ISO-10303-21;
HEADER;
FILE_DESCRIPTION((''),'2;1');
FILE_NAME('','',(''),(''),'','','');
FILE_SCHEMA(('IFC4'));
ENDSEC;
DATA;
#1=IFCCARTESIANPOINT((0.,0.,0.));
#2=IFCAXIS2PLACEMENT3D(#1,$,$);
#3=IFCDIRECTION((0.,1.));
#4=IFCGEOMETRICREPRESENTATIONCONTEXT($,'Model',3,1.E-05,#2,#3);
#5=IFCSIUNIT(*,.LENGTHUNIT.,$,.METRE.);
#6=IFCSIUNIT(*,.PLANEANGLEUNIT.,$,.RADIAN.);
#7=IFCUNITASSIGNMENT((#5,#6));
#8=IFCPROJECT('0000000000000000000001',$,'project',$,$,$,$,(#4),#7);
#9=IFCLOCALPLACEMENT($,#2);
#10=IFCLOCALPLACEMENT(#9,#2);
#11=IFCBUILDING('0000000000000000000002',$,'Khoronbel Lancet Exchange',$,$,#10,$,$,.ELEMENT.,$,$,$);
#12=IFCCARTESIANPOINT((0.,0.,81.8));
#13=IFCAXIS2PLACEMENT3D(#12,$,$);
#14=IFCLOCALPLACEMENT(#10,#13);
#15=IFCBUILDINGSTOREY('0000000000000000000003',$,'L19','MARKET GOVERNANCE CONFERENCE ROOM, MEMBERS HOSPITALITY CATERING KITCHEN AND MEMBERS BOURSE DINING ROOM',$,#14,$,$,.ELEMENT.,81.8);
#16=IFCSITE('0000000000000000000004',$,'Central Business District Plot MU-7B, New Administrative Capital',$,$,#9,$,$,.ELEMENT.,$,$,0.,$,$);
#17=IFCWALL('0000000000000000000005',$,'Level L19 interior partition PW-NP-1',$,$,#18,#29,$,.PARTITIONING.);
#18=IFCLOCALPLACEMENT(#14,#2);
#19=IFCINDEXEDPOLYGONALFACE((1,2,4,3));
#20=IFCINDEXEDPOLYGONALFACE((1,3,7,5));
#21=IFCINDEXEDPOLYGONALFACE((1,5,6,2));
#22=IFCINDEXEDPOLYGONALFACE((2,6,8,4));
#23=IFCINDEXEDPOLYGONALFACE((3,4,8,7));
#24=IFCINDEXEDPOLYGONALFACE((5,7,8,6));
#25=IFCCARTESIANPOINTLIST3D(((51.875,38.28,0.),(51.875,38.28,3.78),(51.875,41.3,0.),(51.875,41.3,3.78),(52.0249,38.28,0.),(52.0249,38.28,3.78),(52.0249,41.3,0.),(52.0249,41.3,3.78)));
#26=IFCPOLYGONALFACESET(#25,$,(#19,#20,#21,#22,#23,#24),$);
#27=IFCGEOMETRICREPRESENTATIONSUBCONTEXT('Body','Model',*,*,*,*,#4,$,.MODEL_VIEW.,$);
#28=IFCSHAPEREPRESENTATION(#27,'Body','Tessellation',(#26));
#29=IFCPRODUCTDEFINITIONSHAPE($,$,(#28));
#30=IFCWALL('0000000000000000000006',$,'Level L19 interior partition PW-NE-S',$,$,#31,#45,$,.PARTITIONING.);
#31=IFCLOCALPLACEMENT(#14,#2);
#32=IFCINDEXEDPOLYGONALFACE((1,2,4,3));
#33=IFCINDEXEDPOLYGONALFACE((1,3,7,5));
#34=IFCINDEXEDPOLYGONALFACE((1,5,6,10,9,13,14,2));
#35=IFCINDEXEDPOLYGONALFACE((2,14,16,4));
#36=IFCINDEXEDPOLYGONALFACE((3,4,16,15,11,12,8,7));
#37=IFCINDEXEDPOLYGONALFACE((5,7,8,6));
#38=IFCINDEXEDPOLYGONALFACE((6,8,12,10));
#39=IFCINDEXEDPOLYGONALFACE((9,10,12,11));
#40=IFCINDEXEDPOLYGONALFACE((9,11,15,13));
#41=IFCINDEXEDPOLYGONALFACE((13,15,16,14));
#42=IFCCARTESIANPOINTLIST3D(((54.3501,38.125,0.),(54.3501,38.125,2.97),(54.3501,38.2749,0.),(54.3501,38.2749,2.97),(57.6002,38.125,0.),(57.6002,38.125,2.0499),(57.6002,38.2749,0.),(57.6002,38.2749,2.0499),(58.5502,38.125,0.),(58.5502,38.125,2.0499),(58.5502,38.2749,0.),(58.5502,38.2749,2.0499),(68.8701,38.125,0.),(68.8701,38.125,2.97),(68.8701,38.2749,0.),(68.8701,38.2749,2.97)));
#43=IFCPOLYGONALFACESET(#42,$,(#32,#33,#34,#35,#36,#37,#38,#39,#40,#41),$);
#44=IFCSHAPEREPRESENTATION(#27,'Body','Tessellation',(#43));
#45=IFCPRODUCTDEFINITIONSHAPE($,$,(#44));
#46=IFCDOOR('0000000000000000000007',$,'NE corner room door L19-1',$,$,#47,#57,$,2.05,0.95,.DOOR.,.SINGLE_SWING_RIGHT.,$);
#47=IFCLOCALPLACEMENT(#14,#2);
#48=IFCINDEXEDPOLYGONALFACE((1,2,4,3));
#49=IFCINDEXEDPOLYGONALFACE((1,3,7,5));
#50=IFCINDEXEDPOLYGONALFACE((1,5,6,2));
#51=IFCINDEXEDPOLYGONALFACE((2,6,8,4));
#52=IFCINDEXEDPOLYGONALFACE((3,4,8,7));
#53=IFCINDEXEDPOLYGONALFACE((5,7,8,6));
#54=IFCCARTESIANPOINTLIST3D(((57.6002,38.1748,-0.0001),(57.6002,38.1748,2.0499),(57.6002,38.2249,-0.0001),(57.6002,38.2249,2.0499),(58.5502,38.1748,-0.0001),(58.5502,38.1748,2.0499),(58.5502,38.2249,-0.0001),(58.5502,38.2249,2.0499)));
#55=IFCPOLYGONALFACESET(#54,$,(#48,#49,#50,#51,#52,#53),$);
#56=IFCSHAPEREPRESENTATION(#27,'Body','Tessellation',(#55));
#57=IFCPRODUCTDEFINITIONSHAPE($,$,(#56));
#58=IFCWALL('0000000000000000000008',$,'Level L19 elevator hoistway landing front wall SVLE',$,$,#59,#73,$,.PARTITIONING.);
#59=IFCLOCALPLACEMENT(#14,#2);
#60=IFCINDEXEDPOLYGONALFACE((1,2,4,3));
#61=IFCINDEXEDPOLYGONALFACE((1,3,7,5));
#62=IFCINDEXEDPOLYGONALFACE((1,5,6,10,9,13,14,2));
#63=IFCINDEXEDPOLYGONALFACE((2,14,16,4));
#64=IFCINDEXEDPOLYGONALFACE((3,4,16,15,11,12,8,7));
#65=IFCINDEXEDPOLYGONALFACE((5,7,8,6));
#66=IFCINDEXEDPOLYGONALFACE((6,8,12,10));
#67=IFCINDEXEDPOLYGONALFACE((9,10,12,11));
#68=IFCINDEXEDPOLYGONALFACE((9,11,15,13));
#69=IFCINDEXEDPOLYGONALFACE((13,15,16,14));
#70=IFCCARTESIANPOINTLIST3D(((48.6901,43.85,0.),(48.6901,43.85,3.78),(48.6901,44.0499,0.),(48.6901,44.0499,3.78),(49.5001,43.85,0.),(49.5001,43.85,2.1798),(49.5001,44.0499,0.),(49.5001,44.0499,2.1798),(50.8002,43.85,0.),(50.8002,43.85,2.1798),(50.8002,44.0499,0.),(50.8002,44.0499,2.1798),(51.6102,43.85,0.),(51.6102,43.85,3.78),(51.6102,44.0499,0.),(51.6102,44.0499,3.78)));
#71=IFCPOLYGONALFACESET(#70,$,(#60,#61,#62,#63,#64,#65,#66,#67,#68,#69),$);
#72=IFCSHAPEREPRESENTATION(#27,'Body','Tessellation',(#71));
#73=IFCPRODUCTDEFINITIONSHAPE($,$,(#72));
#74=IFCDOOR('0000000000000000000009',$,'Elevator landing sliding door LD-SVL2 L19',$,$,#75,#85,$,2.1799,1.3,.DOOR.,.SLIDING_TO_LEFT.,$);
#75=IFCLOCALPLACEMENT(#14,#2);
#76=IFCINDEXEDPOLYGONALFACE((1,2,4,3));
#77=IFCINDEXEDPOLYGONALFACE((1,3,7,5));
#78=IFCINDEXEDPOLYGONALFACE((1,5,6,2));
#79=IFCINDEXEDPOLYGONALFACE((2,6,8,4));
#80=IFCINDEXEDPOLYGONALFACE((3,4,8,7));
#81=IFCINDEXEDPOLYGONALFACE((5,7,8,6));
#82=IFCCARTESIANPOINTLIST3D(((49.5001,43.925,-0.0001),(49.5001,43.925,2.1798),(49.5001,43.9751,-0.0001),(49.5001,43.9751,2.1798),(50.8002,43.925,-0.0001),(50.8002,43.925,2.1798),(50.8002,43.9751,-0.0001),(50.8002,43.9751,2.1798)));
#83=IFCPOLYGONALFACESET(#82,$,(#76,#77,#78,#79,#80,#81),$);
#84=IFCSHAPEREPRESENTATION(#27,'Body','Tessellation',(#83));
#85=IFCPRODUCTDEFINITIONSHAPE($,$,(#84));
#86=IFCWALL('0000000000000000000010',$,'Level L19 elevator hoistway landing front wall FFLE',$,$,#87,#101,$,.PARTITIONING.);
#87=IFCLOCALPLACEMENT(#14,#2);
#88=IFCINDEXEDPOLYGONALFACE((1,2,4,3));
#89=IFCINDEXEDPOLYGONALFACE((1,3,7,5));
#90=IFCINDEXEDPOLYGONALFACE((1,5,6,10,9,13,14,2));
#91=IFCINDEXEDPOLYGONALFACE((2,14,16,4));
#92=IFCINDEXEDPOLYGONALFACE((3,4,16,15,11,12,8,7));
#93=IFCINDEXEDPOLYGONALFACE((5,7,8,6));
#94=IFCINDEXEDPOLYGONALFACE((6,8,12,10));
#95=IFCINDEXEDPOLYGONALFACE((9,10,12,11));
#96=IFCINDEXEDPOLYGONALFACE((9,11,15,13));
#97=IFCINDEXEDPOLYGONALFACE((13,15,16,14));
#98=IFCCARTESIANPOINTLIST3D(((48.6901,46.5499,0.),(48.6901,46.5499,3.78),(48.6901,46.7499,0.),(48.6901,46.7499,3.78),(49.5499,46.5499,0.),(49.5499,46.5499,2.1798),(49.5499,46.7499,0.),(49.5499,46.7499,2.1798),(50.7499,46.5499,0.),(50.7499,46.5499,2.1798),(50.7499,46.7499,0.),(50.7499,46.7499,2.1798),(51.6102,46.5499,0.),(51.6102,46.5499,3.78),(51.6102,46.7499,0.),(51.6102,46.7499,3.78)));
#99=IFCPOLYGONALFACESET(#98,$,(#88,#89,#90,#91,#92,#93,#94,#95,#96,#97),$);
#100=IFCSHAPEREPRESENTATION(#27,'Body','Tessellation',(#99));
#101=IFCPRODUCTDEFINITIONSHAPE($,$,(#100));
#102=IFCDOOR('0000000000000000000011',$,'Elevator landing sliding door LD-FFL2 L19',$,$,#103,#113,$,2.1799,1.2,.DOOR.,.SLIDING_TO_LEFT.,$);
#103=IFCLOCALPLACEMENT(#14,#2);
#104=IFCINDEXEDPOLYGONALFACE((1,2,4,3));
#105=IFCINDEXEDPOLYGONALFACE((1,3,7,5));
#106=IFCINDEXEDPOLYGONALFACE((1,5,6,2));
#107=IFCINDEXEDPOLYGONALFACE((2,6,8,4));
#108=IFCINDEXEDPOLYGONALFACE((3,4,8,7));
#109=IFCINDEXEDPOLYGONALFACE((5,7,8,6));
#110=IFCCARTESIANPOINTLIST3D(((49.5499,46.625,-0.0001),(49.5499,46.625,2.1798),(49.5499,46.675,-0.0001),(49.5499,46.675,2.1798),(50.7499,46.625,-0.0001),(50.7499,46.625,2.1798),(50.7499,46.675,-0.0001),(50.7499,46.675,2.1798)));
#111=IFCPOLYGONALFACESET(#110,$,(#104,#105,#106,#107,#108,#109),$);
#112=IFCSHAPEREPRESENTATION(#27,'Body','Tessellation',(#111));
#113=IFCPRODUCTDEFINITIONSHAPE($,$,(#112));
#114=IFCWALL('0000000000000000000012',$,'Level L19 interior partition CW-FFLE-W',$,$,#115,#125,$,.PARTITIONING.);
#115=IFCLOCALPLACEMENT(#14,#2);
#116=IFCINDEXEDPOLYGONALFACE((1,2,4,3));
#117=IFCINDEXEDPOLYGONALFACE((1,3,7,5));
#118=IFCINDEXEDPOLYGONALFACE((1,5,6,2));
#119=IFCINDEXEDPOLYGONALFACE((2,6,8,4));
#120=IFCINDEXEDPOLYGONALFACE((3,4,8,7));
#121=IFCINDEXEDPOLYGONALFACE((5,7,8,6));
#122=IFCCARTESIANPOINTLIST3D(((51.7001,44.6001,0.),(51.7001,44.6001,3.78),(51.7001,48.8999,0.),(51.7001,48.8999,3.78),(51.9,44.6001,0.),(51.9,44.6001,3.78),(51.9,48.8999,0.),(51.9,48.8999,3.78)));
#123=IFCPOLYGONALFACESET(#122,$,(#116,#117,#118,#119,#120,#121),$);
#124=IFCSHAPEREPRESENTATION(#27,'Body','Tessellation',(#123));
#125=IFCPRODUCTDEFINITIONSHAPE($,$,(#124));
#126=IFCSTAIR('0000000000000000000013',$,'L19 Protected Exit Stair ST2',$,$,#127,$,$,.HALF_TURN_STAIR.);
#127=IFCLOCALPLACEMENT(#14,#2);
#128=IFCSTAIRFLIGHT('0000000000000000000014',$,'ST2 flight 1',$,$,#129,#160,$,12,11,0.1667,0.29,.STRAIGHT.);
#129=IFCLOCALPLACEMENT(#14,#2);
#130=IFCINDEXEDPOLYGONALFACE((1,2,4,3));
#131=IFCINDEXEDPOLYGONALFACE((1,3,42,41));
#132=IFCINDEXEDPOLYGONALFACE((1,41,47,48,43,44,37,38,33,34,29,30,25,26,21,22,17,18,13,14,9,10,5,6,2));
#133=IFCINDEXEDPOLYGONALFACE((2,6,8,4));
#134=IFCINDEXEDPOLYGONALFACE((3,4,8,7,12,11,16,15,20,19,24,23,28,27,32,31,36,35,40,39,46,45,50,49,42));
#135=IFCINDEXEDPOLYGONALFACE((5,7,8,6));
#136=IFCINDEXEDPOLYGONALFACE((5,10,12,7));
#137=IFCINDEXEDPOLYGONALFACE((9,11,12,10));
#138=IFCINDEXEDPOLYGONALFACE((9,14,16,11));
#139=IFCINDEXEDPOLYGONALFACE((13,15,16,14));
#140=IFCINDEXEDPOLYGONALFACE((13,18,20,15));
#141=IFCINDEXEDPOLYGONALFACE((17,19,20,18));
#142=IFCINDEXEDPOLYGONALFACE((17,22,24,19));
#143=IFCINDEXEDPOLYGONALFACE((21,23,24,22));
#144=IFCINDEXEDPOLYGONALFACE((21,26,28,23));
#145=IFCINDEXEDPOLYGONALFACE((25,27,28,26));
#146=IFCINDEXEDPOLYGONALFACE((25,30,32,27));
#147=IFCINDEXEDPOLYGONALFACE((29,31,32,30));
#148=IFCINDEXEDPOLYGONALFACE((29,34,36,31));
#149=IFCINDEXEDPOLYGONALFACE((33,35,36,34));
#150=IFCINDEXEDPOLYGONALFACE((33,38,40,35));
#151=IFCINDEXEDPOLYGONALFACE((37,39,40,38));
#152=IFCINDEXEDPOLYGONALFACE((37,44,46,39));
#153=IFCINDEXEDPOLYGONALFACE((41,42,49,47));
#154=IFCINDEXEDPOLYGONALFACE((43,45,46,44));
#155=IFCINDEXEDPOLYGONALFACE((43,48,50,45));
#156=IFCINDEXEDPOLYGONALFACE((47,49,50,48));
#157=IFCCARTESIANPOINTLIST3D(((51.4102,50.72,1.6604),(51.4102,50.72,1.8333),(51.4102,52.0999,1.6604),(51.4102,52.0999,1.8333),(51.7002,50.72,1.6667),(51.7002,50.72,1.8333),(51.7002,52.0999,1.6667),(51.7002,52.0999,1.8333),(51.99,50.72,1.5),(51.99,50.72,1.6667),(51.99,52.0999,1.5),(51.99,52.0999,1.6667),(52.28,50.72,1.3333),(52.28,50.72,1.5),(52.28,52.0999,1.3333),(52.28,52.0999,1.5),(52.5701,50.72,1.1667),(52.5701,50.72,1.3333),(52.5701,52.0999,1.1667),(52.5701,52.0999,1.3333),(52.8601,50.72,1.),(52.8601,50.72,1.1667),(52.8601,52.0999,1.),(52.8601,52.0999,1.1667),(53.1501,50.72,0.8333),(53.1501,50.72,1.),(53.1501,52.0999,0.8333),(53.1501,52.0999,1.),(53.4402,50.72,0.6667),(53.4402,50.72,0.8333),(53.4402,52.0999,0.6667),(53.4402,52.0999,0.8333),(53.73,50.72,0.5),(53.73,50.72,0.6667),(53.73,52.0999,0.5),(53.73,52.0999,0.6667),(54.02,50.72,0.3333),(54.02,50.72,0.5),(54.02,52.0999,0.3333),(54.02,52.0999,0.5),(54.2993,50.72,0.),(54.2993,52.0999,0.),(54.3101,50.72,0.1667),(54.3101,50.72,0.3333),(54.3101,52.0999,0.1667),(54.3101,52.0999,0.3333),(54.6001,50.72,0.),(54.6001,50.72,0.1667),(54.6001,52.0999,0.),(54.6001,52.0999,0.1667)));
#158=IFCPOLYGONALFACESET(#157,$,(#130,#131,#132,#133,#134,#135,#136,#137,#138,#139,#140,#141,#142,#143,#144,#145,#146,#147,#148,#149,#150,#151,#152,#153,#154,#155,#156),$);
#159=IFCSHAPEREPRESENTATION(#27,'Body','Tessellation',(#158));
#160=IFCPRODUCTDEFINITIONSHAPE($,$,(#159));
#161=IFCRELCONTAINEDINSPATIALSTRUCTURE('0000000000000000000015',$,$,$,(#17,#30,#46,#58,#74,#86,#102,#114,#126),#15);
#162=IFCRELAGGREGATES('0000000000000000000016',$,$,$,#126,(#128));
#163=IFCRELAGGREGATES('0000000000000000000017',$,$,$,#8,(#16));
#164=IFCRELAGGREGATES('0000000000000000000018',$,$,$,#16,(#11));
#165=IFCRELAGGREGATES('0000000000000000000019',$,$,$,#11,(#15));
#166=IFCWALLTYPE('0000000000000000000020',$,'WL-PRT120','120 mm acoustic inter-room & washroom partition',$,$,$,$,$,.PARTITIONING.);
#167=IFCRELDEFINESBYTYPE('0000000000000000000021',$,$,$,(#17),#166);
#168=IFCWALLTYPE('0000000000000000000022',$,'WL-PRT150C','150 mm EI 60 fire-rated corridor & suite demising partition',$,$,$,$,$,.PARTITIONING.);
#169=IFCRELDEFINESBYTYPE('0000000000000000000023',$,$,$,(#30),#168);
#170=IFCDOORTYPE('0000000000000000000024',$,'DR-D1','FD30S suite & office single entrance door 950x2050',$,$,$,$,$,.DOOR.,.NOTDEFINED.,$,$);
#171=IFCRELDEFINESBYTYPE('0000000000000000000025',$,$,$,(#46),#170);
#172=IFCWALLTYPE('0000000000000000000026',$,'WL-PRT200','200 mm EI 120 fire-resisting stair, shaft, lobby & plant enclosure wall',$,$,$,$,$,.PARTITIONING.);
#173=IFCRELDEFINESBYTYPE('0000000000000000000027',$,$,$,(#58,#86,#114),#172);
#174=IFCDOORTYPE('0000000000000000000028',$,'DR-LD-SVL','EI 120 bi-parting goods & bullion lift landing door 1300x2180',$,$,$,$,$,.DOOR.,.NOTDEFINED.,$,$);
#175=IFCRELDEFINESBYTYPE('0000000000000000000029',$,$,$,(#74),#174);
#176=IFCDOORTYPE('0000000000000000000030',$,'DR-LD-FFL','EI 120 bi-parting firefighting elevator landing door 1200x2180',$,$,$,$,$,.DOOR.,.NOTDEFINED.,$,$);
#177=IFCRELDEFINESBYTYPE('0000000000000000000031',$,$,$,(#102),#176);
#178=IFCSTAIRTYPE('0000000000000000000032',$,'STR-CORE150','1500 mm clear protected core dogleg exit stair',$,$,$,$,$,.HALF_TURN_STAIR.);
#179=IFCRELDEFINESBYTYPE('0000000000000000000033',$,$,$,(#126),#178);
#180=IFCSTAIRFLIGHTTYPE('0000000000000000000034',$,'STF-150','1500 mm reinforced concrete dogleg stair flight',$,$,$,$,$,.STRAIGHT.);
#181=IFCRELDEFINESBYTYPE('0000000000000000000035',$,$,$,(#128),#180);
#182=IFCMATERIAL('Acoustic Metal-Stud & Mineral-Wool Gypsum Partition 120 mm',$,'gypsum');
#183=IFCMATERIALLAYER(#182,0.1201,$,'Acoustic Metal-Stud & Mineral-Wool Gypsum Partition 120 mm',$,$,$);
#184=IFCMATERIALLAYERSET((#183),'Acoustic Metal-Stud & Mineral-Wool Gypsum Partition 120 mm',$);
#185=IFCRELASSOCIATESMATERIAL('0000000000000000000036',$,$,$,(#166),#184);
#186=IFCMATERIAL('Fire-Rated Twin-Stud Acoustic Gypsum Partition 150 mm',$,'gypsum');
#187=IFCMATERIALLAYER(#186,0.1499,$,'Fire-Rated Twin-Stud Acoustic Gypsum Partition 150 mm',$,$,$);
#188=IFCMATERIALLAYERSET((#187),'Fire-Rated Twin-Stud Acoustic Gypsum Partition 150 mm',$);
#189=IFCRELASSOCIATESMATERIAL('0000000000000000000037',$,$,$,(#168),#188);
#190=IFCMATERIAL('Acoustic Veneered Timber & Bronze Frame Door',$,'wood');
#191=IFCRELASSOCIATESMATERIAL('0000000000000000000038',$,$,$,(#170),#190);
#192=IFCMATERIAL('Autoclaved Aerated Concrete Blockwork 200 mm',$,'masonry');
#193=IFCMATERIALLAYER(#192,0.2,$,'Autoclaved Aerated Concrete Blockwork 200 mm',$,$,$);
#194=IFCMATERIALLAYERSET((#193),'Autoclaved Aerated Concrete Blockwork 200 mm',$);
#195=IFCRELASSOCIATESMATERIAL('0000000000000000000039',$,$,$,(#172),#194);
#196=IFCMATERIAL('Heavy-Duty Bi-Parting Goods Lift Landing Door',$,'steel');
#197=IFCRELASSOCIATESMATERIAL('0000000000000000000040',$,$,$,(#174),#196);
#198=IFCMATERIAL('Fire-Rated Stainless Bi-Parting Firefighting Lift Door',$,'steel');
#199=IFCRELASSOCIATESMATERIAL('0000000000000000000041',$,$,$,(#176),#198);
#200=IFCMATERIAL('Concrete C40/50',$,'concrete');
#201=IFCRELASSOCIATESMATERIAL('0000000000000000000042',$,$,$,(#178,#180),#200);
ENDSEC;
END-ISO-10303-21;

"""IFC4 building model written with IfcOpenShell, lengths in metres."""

from ifc_helpers import new_model, si_unit, direction, frame, frame_2d, origin, place, context, subcontext, project, spatial, polyline, rectangle, outline, extrude, material, layer, layer_set, type_object, element, fill, aggregate, save


model = new_model("IFC4")

# Units and contexts
model_context = context("Model", 3, precision=1e-05, world=origin(), true_north=direction((0.0, 1.0)))
body_context = subcontext(model_context, "Body", "Model", "MODEL_VIEW")
ifc_project = project(units=[si_unit("LENGTHUNIT", "METRE"), si_unit("PLANEANGLEUNIT", "RADIAN")], contexts=[model_context])

# Site, building, storey
site_placement = place(None, origin())
site = spatial("IfcSite", under=ifc_project, at=site_placement, Name="Central Business District Plot MU-7B, New Administrative Capital", CompositionType="ELEMENT", RefElevation=0.0)
building_placement = place(site_placement, origin())
building = spatial("IfcBuilding", under=site, at=building_placement, Name="Khoronbel Lancet Exchange", CompositionType="ELEMENT")
storey_placement = place(building_placement, frame((0.0, 0.0, 81.8)))
storey = spatial("IfcBuildingStorey", under=building, at=storey_placement, Name="L19", Description="MARKET GOVERNANCE CONFERENCE ROOM, MEMBERS HOSPITALITY CATERING KITCHEN AND MEMBERS BOURSE DINING ROOM", CompositionType="ELEMENT", Elevation=81.8)

# Wall
ifc_material_1 = material(Name="Acoustic Metal-Stud & Mineral-Wool Gypsum Partition 120 mm", Category="gypsum")
ifc_layer_1 = layer(ifc_material_1, 0.1201, Name="Acoustic Metal-Stud & Mineral-Wool Gypsum Partition 120 mm")
ifc_layer_set_1 = layer_set([ifc_layer_1], Name="Acoustic Metal-Stud & Mineral-Wool Gypsum Partition 120 mm")
wall_type_1 = type_object("IfcWallType", Name="WL-PRT120", Description="120 mm acoustic inter-room & washroom partition", PredefinedType="PARTITIONING", material=ifc_layer_set_1)
wall_1_placement = place(storey_placement, frame((51.95, 38.28, 0.0), z_axis=(0.0, 0.0, 1.0), x_axis=(0.0, 1.0, 0.0)))
element("IfcWall", 1, at=wall_1_placement, inside=storey, type_object=wall_type_1, Name="Level L19 interior partition PW-NP-1", PredefinedType="PARTITIONING", context=body_context, shape_type="SweptSolid", body=[
    extrude(rectangle(XDim=3.02, YDim=0.1499, at=frame_2d((1.51, 0.0))), origin(), (0.0, 0.0, 1.0), 3.78),
])

# Walls, openings, doors
ifc_material_2 = material(Name="Fire-Rated Twin-Stud Acoustic Gypsum Partition 150 mm", Category="gypsum")
ifc_layer_2 = layer(ifc_material_2, 0.1499, Name="Fire-Rated Twin-Stud Acoustic Gypsum Partition 150 mm")
ifc_layer_set_2 = layer_set([ifc_layer_2], Name="Fire-Rated Twin-Stud Acoustic Gypsum Partition 150 mm")
wall_type_2 = type_object("IfcWallType", Name="WL-PRT150C", Description="150 mm EI 60 fire-rated corridor & suite demising partition", PredefinedType="PARTITIONING", material=ifc_layer_set_2)
wall_2_placement = place(storey_placement, frame((54.3501, 38.2, 0.0), z_axis=(0.0, 0.0, 1.0), x_axis=(1.0, 0.0, 0.0)))
wall_2 = element("IfcWall", 2, at=wall_2_placement, inside=storey, type_object=wall_type_2, Name="Level L19 interior partition PW-NE-S", PredefinedType="PARTITIONING", context=body_context, shape_type="SweptSolid", body=[
    extrude(rectangle(XDim=14.52, YDim=0.1499, at=frame_2d((7.26, 0.0))), origin(), (0.0, 0.0, 1.0), 2.97),
])
opening_1_placement = place(wall_2_placement, frame((3.25, 0.0, 0.0)))
opening_1 = element("IfcOpeningElement", 3, at=opening_1_placement, cuts=wall_2, PredefinedType="OPENING", context=body_context, shape_type="SweptSolid", body=[
    extrude(rectangle(XDim=0.95, YDim=2.05, at=frame_2d((0.4751, 1.0249))), frame((0.0, 0.085, 0.0), z_axis=(0.0, -1.0, 0.0), x_axis=(1.0, 0.0, 0.0)), (0.0, 0.0, 1.0), 0.1699),
])
ifc_material_3 = material(Name="Acoustic Veneered Timber & Bronze Frame Door", Category="wood")
door_type_1 = type_object("IfcDoorType", Name="DR-D1", Description="FD30S suite & office single entrance door 950x2050", OperationType="NOTDEFINED", PredefinedType="DOOR", material=ifc_material_3)
door_1_placement = place(opening_1_placement, origin())
door_1 = element("IfcDoor", 4, at=door_1_placement, inside=storey, type_object=door_type_1, Name="NE corner room door L19-1", OperationType="SINGLE_SWING_RIGHT", OverallHeight=2.05, OverallWidth=0.95, PredefinedType="DOOR", context=body_context, shape_type="SweptSolid", body=[
    extrude(rectangle(XDim=0.95, YDim=2.05, at=frame_2d((0.4751, 1.0249))), frame((0.0, 0.0249, 0.0), z_axis=(0.0, -1.0, 0.0), x_axis=(1.0, 0.0, 0.0)), (0.0, 0.0, 1.0), 0.05),
])
fill(opening_1, door_1)
ifc_material_4 = material(Name="Autoclaved Aerated Concrete Blockwork 200 mm", Category="masonry")
ifc_layer_3 = layer(ifc_material_4, 0.2, Name="Autoclaved Aerated Concrete Blockwork 200 mm")
ifc_layer_set_3 = layer_set([ifc_layer_3], Name="Autoclaved Aerated Concrete Blockwork 200 mm")
wall_type_3 = type_object("IfcWallType", Name="WL-PRT200", Description="200 mm EI 120 fire-resisting stair, shaft, lobby & plant enclosure wall", PredefinedType="PARTITIONING", material=ifc_layer_set_3)
wall_3_placement = place(storey_placement, frame((51.6101, 43.95, 0.0), z_axis=(0.0, 0.0, 1.0), x_axis=(-1.0, 0.0, 0.0)))
wall_3 = element("IfcWall", 5, at=wall_3_placement, inside=storey, type_object=wall_type_3, Name="Level L19 elevator hoistway landing front wall SVLE", PredefinedType="PARTITIONING", context=body_context, shape_type="SweptSolid", body=[
    extrude(rectangle(XDim=2.9202, YDim=0.2, at=frame_2d((1.46, 0.0))), origin(), (0.0, 0.0, 1.0), 3.78),
])
opening_2_placement = place(wall_3_placement, frame((0.8101, 0.0, 0.0)))
opening_2 = element("IfcOpeningElement", 6, at=opening_2_placement, cuts=wall_3, PredefinedType="OPENING", context=body_context, shape_type="SweptSolid", body=[
    extrude(rectangle(XDim=1.3, YDim=2.1799, at=frame_2d((0.6499, 1.0898))), frame((0.0, 0.1099, 0.0), z_axis=(0.0, -1.0, 0.0), x_axis=(1.0, 0.0, 0.0)), (0.0, 0.0, 1.0), 0.22),
])
ifc_material_5 = material(Name="Heavy-Duty Bi-Parting Goods Lift Landing Door", Category="steel")
door_type_2 = type_object("IfcDoorType", Name="DR-LD-SVL", Description="EI 120 bi-parting goods & bullion lift landing door 1300x2180", OperationType="NOTDEFINED", PredefinedType="DOOR", material=ifc_material_5)
door_2_placement = place(opening_2_placement, origin())
door_2 = element("IfcDoor", 7, at=door_2_placement, inside=storey, type_object=door_type_2, Name="Elevator landing sliding door LD-SVL2 L19", OperationType="SLIDING_TO_LEFT", OverallHeight=2.1799, OverallWidth=1.3, PredefinedType="DOOR", context=body_context, shape_type="SweptSolid", body=[
    extrude(rectangle(XDim=1.3, YDim=2.1799, at=frame_2d((0.6499, 1.0898))), frame((0.0, 0.0249, 0.0), z_axis=(0.0, -1.0, 0.0), x_axis=(1.0, 0.0, 0.0)), (0.0, 0.0, 1.0), 0.05),
])
fill(opening_2, door_2)
wall_4_placement = place(storey_placement, frame((51.6101, 46.6499, 0.0), z_axis=(0.0, 0.0, 1.0), x_axis=(-1.0, 0.0, 0.0)))
wall_4 = element("IfcWall", 8, at=wall_4_placement, inside=storey, type_object=wall_type_3, Name="Level L19 elevator hoistway landing front wall FFLE", PredefinedType="PARTITIONING", context=body_context, shape_type="SweptSolid", body=[
    extrude(rectangle(XDim=2.9202, YDim=0.2, at=frame_2d((1.46, 0.0))), origin(), (0.0, 0.0, 1.0), 3.78),
])
opening_3_placement = place(wall_4_placement, frame((0.8601, 0.0, 0.0)))
opening_3 = element("IfcOpeningElement", 9, at=opening_3_placement, cuts=wall_4, PredefinedType="OPENING", context=body_context, shape_type="SweptSolid", body=[
    extrude(rectangle(XDim=1.2, YDim=2.1799, at=frame_2d((0.6001, 1.0898))), frame((0.0, 0.1099, 0.0), z_axis=(0.0, -1.0, 0.0), x_axis=(1.0, 0.0, 0.0)), (0.0, 0.0, 1.0), 0.22),
])
ifc_material_6 = material(Name="Fire-Rated Stainless Bi-Parting Firefighting Lift Door", Category="steel")
door_type_3 = type_object("IfcDoorType", Name="DR-LD-FFL", Description="EI 120 bi-parting firefighting elevator landing door 1200x2180", OperationType="NOTDEFINED", PredefinedType="DOOR", material=ifc_material_6)
door_3_placement = place(opening_3_placement, origin())
door_3 = element("IfcDoor", 10, at=door_3_placement, inside=storey, type_object=door_type_3, Name="Elevator landing sliding door LD-FFL2 L19", OperationType="SLIDING_TO_LEFT", OverallHeight=2.1799, OverallWidth=1.2, PredefinedType="DOOR", context=body_context, shape_type="SweptSolid", body=[
    extrude(rectangle(XDim=1.2, YDim=2.1799, at=frame_2d((0.6001, 1.0898))), frame((0.0, 0.0249, 0.0), z_axis=(0.0, -1.0, 0.0), x_axis=(1.0, 0.0, 0.0)), (0.0, 0.0, 1.0), 0.05),
])
fill(opening_3, door_3)

# Wall
wall_5_placement = place(storey_placement, frame((51.8, 44.6001, 0.0), z_axis=(0.0, 0.0, 1.0), x_axis=(0.0, 1.0, 0.0)))
element("IfcWall", 11, at=wall_5_placement, inside=storey, type_object=wall_type_3, Name="Level L19 interior partition CW-FFLE-W", PredefinedType="PARTITIONING", context=body_context, shape_type="SweptSolid", body=[
    extrude(rectangle(XDim=4.2998, YDim=0.2, at=frame_2d((2.1499, 0.0))), origin(), (0.0, 0.0, 1.0), 3.78),
])

# Stair, stair flight
ifc_material_7 = material(Name="Concrete C40/50", Category="concrete")
stair_type = type_object("IfcStairType", Name="STR-CORE150", Description="1500 mm clear protected core dogleg exit stair", PredefinedType="HALF_TURN_STAIR", material=ifc_material_7)
stair_placement = place(storey_placement, origin())
stair = element("IfcStair", 12, at=stair_placement, inside=storey, type_object=stair_type, Name="L19 Protected Exit Stair ST2", PredefinedType="HALF_TURN_STAIR")
stair_flight_type = type_object("IfcStairFlightType", Name="STF-150", Description="1500 mm reinforced concrete dogleg stair flight", PredefinedType="STRAIGHT", material=ifc_material_7)
stair_flight_placement = place(storey_placement, frame((54.6001, 51.4099, 0.0), z_axis=(0.0, 0.0, 1.0), x_axis=(-1.0, 0.0, 0.0)))
stair_flight = element("IfcStairFlight", 13, at=stair_flight_placement, type_object=stair_flight_type, Name="ST2 flight 1", NumberOfRisers=12, NumberOfTreads=11, PredefinedType="STRAIGHT", RiserHeight=0.1667, TreadLength=0.29, context=body_context, shape_type="SweptSolid", body=[
    extrude(outline(polyline([(0.0, 0.0), (0.0, 0.1667), (0.29, 0.1667), (0.29, 0.3333), (0.5801, 0.3333), (0.5801, 0.5), (0.8701, 0.5), (0.8701, 0.6667), (1.1599, 0.6667), (1.1599, 0.8333), (1.45, 0.8333), (1.45, 1.0), (1.74, 1.0), (1.74, 1.1667), (2.03, 1.1667), (2.03, 1.3333), (2.3201, 1.3333), (2.3201, 1.5), (2.6101, 1.5), (2.6101, 1.6667), (2.8999, 1.6667), (2.8999, 1.8333), (3.1899, 1.8333), (3.1899, 2.0), (3.1899, 1.6604), (0.3008, 0.0), (0.0, 0.0)])), frame((0.0, 0.6899, 0.0), z_axis=(0.0, -1.0, 0.0), x_axis=(1.0, 0.0, 0.0)), (0.0, 0.0, 1.0), 1.3799),
])
aggregate(stair, [stair_flight])

save(model, "model.ifc")
